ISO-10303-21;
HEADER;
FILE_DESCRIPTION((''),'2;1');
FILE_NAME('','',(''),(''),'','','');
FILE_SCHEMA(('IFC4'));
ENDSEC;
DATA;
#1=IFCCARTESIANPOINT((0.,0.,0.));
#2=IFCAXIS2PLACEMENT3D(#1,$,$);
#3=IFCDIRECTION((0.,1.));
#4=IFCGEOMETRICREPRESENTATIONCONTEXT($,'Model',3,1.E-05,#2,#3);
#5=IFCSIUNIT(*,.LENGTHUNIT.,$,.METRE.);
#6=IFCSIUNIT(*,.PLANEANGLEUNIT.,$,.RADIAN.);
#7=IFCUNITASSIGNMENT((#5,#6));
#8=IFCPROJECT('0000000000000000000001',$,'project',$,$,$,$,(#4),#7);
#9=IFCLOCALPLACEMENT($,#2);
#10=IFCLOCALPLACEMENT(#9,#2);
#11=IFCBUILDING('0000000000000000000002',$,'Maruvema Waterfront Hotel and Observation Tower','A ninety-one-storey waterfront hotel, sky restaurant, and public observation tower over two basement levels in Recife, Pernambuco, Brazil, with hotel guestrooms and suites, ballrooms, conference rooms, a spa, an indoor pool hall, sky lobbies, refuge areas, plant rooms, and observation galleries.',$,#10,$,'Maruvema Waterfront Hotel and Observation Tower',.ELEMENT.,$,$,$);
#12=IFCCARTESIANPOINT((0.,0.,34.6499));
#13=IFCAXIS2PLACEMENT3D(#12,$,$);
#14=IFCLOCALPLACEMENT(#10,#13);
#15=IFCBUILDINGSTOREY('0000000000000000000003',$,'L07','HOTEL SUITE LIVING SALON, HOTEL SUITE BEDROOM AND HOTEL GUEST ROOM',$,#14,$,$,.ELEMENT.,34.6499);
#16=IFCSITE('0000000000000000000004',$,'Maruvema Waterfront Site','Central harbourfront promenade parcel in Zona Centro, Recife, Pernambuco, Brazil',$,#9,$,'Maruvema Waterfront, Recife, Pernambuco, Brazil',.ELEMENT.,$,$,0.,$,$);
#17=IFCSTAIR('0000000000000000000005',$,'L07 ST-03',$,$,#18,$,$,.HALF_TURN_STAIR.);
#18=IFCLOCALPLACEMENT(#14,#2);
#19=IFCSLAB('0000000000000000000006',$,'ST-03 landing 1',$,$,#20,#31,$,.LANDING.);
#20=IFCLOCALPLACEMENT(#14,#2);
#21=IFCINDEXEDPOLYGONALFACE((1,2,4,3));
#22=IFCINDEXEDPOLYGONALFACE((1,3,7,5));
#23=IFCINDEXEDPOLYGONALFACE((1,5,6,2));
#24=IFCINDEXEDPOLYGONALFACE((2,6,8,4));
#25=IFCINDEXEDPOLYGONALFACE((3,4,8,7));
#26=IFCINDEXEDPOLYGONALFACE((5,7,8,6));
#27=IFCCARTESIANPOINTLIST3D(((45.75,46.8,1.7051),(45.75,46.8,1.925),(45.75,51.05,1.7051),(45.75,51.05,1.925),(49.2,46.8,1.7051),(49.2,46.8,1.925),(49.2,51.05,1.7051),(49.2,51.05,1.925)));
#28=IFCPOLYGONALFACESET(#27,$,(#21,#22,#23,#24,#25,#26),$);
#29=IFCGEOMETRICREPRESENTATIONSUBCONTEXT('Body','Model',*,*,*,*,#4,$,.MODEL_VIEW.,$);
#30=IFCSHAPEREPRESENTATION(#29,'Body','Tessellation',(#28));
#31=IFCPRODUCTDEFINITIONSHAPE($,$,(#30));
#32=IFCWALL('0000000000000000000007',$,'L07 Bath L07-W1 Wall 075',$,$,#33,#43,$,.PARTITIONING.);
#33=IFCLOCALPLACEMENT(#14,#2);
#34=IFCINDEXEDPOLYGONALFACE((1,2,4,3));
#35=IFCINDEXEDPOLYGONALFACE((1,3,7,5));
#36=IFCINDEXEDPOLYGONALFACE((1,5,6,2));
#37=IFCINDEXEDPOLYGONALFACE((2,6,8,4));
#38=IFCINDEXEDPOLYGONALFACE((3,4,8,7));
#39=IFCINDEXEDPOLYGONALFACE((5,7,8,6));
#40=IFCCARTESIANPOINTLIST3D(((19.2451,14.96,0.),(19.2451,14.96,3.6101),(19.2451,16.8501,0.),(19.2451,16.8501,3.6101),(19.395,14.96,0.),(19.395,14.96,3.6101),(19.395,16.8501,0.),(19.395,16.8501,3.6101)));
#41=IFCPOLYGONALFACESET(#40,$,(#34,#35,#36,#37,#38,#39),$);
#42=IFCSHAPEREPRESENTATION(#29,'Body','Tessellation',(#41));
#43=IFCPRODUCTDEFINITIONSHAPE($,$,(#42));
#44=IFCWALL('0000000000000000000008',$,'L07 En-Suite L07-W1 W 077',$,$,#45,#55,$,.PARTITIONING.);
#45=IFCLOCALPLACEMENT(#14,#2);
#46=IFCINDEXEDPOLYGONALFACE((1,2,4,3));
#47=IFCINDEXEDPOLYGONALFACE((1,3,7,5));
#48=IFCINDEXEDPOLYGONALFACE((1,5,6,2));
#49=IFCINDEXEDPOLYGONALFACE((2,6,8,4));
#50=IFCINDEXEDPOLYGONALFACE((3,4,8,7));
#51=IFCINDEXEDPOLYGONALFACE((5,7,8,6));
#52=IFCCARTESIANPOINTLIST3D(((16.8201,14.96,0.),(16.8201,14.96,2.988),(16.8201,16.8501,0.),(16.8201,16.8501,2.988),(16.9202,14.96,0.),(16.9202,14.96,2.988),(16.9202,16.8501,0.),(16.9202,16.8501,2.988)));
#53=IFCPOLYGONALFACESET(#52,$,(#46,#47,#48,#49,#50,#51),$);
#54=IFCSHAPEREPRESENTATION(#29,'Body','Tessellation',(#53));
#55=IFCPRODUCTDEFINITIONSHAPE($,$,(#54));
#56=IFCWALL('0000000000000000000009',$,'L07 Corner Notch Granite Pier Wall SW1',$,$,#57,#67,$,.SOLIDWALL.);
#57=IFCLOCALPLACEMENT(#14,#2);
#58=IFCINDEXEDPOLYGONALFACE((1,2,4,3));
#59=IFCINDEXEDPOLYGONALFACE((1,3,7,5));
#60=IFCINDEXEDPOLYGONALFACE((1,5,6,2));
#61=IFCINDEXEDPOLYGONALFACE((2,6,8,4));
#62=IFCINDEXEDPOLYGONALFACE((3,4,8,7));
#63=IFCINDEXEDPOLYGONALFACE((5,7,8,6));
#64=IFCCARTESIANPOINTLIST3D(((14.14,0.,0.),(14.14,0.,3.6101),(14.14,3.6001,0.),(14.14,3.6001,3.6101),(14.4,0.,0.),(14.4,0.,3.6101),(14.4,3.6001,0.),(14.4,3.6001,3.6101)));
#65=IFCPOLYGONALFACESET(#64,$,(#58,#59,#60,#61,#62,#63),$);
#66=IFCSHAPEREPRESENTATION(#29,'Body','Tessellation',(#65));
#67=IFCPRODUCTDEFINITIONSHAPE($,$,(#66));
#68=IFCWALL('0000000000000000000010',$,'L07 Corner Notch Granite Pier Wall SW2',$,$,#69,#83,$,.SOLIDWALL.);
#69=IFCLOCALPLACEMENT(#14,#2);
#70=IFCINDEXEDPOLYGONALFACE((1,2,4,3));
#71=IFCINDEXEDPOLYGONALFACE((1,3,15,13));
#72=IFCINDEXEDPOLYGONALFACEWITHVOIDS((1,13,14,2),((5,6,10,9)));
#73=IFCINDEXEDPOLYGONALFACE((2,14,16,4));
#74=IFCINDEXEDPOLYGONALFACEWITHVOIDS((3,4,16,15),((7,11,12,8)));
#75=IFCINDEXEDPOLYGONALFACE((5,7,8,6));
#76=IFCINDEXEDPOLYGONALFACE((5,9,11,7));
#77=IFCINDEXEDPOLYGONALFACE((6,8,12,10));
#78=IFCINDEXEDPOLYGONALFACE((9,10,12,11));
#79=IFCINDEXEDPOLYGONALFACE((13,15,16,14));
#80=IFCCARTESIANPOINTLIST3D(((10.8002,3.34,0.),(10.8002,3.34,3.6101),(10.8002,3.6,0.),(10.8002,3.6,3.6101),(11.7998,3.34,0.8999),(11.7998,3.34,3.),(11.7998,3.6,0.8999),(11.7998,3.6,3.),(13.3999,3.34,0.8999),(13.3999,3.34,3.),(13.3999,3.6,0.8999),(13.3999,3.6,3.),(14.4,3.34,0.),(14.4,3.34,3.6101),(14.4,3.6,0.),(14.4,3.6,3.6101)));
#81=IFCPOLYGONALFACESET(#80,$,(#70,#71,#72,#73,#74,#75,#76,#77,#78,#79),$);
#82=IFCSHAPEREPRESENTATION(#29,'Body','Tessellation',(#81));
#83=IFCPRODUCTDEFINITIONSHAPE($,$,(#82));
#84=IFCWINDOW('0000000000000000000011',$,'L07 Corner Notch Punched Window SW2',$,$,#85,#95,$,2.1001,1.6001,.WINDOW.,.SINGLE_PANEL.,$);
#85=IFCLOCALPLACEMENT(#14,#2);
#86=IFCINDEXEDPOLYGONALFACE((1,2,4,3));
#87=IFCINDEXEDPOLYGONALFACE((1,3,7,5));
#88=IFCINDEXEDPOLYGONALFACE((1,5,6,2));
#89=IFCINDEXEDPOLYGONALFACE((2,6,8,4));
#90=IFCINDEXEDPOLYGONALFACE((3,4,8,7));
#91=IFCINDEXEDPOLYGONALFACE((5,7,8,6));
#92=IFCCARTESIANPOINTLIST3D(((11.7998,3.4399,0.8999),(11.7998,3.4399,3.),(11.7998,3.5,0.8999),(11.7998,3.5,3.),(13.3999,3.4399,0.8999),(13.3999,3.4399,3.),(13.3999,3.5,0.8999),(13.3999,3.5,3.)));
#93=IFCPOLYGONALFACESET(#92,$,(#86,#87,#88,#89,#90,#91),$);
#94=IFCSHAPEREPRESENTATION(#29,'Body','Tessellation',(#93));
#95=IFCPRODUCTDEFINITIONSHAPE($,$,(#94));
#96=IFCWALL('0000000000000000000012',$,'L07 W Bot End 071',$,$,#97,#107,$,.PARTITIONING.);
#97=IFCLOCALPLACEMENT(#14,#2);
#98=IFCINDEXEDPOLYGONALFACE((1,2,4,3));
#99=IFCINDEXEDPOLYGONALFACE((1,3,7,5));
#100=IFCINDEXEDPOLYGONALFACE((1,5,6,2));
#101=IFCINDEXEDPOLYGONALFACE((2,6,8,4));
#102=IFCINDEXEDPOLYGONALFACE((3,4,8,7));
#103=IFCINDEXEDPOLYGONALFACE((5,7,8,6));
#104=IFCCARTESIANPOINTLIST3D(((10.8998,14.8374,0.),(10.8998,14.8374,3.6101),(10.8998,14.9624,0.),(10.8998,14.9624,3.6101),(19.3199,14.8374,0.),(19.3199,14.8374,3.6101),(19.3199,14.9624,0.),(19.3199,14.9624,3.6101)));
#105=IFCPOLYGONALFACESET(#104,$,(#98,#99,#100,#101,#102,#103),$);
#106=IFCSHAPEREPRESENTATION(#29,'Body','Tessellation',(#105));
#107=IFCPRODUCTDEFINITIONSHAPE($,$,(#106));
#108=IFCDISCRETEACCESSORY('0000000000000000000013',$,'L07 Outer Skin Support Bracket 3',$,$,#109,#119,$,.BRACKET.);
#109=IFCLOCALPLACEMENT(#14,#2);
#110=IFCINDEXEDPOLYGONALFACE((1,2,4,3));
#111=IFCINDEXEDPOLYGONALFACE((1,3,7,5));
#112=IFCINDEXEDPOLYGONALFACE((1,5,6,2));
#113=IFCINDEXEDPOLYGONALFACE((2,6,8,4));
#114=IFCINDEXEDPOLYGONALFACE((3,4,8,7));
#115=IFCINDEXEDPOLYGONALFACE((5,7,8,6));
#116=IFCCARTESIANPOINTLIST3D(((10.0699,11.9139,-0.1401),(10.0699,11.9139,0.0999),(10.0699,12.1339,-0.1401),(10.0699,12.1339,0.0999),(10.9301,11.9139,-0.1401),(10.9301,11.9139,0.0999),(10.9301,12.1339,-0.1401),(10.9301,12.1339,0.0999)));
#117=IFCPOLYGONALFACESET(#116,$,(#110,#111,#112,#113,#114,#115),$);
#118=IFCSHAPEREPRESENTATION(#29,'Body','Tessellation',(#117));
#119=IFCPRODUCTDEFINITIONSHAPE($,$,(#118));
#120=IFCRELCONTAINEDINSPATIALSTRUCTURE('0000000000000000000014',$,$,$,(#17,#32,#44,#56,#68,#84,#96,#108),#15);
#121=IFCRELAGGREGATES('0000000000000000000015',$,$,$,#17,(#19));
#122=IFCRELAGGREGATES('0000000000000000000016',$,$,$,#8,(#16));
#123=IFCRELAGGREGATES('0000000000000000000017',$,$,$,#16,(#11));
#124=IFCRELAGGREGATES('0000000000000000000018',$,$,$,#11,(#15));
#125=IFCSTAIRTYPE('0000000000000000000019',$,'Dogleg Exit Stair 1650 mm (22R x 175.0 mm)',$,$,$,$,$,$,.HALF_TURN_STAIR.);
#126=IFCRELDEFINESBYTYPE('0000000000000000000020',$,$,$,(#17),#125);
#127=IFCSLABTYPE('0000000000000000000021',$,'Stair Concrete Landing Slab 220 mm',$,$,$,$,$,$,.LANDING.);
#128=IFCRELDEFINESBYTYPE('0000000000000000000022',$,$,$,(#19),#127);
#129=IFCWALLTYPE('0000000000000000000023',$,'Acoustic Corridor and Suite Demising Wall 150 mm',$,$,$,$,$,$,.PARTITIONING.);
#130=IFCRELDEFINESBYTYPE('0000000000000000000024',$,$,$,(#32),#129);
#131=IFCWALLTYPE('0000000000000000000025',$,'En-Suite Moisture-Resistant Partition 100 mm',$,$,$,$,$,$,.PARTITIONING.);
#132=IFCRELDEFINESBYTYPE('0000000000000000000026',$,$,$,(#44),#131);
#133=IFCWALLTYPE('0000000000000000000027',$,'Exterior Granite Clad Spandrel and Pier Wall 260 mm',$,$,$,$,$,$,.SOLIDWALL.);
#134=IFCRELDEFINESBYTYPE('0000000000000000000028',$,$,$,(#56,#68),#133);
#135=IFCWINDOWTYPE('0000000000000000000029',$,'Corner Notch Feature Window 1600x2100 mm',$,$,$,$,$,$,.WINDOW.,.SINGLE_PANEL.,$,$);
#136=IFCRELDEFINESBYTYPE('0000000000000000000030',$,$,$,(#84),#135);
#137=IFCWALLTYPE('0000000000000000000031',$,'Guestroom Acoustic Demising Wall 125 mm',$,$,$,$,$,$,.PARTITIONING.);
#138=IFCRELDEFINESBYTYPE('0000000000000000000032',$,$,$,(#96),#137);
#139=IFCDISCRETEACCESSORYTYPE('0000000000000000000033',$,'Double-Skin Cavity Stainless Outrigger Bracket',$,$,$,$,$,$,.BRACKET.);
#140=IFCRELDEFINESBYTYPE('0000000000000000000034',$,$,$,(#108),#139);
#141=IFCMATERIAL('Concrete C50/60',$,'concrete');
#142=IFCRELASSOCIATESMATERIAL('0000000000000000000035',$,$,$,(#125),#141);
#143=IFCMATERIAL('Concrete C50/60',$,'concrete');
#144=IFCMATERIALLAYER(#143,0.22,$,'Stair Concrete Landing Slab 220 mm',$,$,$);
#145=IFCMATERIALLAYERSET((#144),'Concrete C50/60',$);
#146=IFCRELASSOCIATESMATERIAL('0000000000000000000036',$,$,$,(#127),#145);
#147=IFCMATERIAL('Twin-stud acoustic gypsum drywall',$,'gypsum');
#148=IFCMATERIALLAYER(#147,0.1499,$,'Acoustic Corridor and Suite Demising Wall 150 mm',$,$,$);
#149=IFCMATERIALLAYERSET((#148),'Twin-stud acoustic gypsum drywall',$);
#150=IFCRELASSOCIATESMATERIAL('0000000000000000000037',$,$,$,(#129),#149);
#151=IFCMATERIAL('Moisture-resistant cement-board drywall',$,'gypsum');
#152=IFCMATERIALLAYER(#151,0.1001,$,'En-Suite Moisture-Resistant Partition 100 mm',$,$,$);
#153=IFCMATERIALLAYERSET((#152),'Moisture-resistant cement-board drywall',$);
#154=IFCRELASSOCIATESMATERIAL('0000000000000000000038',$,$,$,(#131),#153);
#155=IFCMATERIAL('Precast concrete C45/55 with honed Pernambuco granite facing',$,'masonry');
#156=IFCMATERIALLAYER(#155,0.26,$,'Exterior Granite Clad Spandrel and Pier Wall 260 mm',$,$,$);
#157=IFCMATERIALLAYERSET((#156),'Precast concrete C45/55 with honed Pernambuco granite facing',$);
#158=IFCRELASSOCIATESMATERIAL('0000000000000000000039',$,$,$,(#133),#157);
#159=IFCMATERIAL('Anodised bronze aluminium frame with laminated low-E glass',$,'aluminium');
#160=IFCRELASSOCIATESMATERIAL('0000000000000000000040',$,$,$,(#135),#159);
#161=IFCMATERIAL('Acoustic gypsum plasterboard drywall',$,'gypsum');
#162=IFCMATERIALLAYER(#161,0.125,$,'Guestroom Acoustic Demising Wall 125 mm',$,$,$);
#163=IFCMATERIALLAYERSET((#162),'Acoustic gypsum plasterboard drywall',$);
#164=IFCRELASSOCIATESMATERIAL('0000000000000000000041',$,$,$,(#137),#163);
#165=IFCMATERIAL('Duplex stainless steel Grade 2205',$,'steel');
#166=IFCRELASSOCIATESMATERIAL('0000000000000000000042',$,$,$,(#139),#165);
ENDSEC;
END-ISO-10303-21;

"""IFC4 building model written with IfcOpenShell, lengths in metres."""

from ifc_helpers import new_model, si_unit, direction, frame, frame_2d, origin, origin_2d, place, context, subcontext, project, spatial, polyline, rectangle, outline, extrude, material, layer, layer_set, type_object, element, fill, aggregate, save


model = new_model("IFC4")

# Units and contexts
model_context = context("Model", 3, precision=1e-05, world=origin(), true_north=direction((0.0, 1.0)))
body_context = subcontext(model_context, "Body", "Model", "MODEL_VIEW")
ifc_project = project(units=[si_unit("LENGTHUNIT", "METRE"), si_unit("PLANEANGLEUNIT", "RADIAN")], contexts=[model_context])

# Site, building, storey
site_placement = place(None, origin())
site = spatial("IfcSite", under=ifc_project, at=site_placement, Name="Maruvema Waterfront Site", Description="Central harbourfront promenade parcel in Zona Centro, Recife, Pernambuco, Brazil", LongName="Maruvema Waterfront, Recife, Pernambuco, Brazil", CompositionType="ELEMENT", RefElevation=0.0)
building_placement = place(site_placement, origin())
building = spatial("IfcBuilding", under=site, at=building_placement, Name="Maruvema Waterfront Hotel and Observation Tower", Description="A ninety-one-storey waterfront hotel, sky restaurant, and public observation tower over two basement levels in Recife, Pernambuco, Brazil, with hotel guestrooms and suites, ballrooms, conference rooms, a spa, an indoor pool hall, sky lobbies, refuge areas, plant rooms, and observation galleries.", LongName="Maruvema Waterfront Hotel and Observation Tower", CompositionType="ELEMENT")
storey_placement = place(building_placement, frame((0.0, 0.0, 34.6499)))
storey = spatial("IfcBuildingStorey", under=building, at=storey_placement, Name="L07", Description="HOTEL SUITE LIVING SALON, HOTEL SUITE BEDROOM AND HOTEL GUEST ROOM", CompositionType="ELEMENT", Elevation=34.6499)

# Stair, slab
ifc_material_1 = material(Name="Concrete C50/60", Category="concrete")
stair_type = type_object("IfcStairType", Name="Dogleg Exit Stair 1650 mm (22R x 175.0 mm)", PredefinedType="HALF_TURN_STAIR", material=ifc_material_1)
ifc_material_2 = material(Name="Concrete C50/60", Category="concrete")
ifc_layer_1 = layer(ifc_material_2, 0.22, Name="Stair Concrete Landing Slab 220 mm")
ifc_layer_set_1 = layer_set([ifc_layer_1], Name="Concrete C50/60")
slab_type_1 = type_object("IfcSlabType", Name="Stair Concrete Landing Slab 220 mm", PredefinedType="LANDING", material=ifc_layer_set_1)
stair_1_placement = place(storey_placement, origin())
stair_1 = element("IfcStair", 1, at=stair_1_placement, inside=storey, type_object=stair_type, Name="L07 ST-03", PredefinedType="HALF_TURN_STAIR")
slab_1_placement = place(storey_placement, frame((0.0, 0.0, 1.7051)))
slab_1 = element("IfcSlab", 2, at=slab_1_placement, type_object=slab_type_1, Name="ST-03 landing 1", PredefinedType="LANDING", context=body_context, shape_type="SweptSolid", body=[
    extrude(outline(polyline([(49.2, 46.8), (49.2, 51.05), (45.75, 51.05), (45.75, 46.8), (49.2, 46.8)])), origin(), (0.0, 0.0, 1.0), 0.22),
])
aggregate(stair_1, [slab_1])

# Walls
ifc_material_3 = material(Name="Twin-stud acoustic gypsum drywall", Category="gypsum")
ifc_layer_2 = layer(ifc_material_3, 0.1499, Name="Acoustic Corridor and Suite Demising Wall 150 mm")
ifc_layer_set_2 = layer_set([ifc_layer_2], Name="Twin-stud acoustic gypsum drywall")
wall_type_1 = type_object("IfcWallType", Name="Acoustic Corridor and Suite Demising Wall 150 mm", PredefinedType="PARTITIONING", material=ifc_layer_set_2)
wall_1_placement = place(storey_placement, frame((19.3201, 14.96, 0.0), z_axis=(0.0, 0.0, 1.0), x_axis=(0.0, 1.0, 0.0)))
element("IfcWall", 3, at=wall_1_placement, inside=storey, type_object=wall_type_1, Name="L07 Bath L07-W1 Wall 075", PredefinedType="PARTITIONING", context=body_context, shape_type="SweptSolid", body=[
    extrude(rectangle(XDim=1.8901, YDim=0.1499, at=frame_2d((0.9451, 0.0))), origin(), (0.0, 0.0, 1.0), 3.6101),
])
ifc_material_4 = material(Name="Moisture-resistant cement-board drywall", Category="gypsum")
ifc_layer_3 = layer(ifc_material_4, 0.1001, Name="En-Suite Moisture-Resistant Partition 100 mm")
ifc_layer_set_3 = layer_set([ifc_layer_3], Name="Moisture-resistant cement-board drywall")
wall_type_2 = type_object("IfcWallType", Name="En-Suite Moisture-Resistant Partition 100 mm", PredefinedType="PARTITIONING", material=ifc_layer_set_3)
wall_2_placement = place(storey_placement, frame((16.8701, 14.96, 0.0), z_axis=(0.0, 0.0, 1.0), x_axis=(0.0, 1.0, 0.0)))
element("IfcWall", 4, at=wall_2_placement, inside=storey, type_object=wall_type_2, Name="L07 En-Suite L07-W1 W 077", PredefinedType="PARTITIONING", context=body_context, shape_type="SweptSolid", body=[
    extrude(rectangle(XDim=1.8901, YDim=0.1001, at=frame_2d((0.9451, 0.0))), origin(), (0.0, 0.0, 1.0), 2.988),
])
ifc_material_5 = material(Name="Precast concrete C45/55 with honed Pernambuco granite facing", Category="masonry")
ifc_layer_4 = layer(ifc_material_5, 0.26, Name="Exterior Granite Clad Spandrel and Pier Wall 260 mm")
ifc_layer_set_4 = layer_set([ifc_layer_4], Name="Precast concrete C45/55 with honed Pernambuco granite facing")
wall_type_3 = type_object("IfcWallType", Name="Exterior Granite Clad Spandrel and Pier Wall 260 mm", PredefinedType="SOLIDWALL", material=ifc_layer_set_4)
wall_3_placement = place(storey_placement, frame((14.27, 0.0, 0.0), z_axis=(0.0, 0.0, 1.0), x_axis=(0.0, 1.0, 0.0)))
element("IfcWall", 5, at=wall_3_placement, inside=storey, type_object=wall_type_3, Name="L07 Corner Notch Granite Pier Wall SW1", PredefinedType="SOLIDWALL", context=body_context, shape_type="SweptSolid", body=[
    extrude(rectangle(XDim=3.6001, YDim=0.26, at=frame_2d((1.8, 0.0))), origin(), (0.0, 0.0, 1.0), 3.6101),
])

# Wall, opening, window
wall_4_placement = place(storey_placement, frame((14.3999, 3.47, 0.0), z_axis=(0.0, 0.0, 1.0), x_axis=(-1.0, 0.0, 0.0)))
wall_4 = element("IfcWall", 6, at=wall_4_placement, inside=storey, type_object=wall_type_3, Name="L07 Corner Notch Granite Pier Wall SW2", PredefinedType="SOLIDWALL", context=body_context, shape_type="SweptSolid", body=[
    extrude(rectangle(XDim=3.5999, YDim=0.26, at=frame_2d((1.7998, 0.0))), origin(), (0.0, 0.0, 1.0), 3.6101),
])
opening_placement = place(wall_4_placement, frame((1.0, 0.0, 0.8999)))
opening = element("IfcOpeningElement", 7, at=opening_placement, cuts=wall_4, PredefinedType="OPENING", context=body_context, shape_type="SweptSolid", body=[
    extrude(rectangle(XDim=1.6001, YDim=2.1001, at=frame_2d((0.8, 1.05))), frame((0.0, 0.1401, 0.0), z_axis=(0.0, -1.0, 0.0), x_axis=(1.0, 0.0, 0.0)), (0.0, 0.0, 1.0), 0.28),
])
ifc_material_6 = material(Name="Anodised bronze aluminium frame with laminated low-E glass", Category="aluminium")
window_type = type_object("IfcWindowType", Name="Corner Notch Feature Window 1600x2100 mm", PartitioningType="SINGLE_PANEL", PredefinedType="WINDOW", material=ifc_material_6)
window_placement = place(opening_placement, origin())
window = element("IfcWindow", 8, at=window_placement, inside=storey, type_object=window_type, Name="L07 Corner Notch Punched Window SW2", OverallHeight=2.1001, OverallWidth=1.6001, PartitioningType="SINGLE_PANEL", PredefinedType="WINDOW", context=body_context, shape_type="SweptSolid", body=[
    extrude(rectangle(XDim=1.6001, YDim=2.1001, at=frame_2d((0.8, 1.05))), frame((0.0, 0.03, 0.0), z_axis=(0.0, -1.0, 0.0), x_axis=(1.0, 0.0, 0.0)), (0.0, 0.0, 1.0), 0.0601),
])
fill(opening, window)

# Wall
ifc_material_7 = material(Name="Acoustic gypsum plasterboard drywall", Category="gypsum")
ifc_layer_5 = layer(ifc_material_7, 0.125, Name="Guestroom Acoustic Demising Wall 125 mm")
ifc_layer_set_5 = layer_set([ifc_layer_5], Name="Acoustic gypsum plasterboard drywall")
wall_type_4 = type_object("IfcWallType", Name="Guestroom Acoustic Demising Wall 125 mm", PredefinedType="PARTITIONING", material=ifc_layer_set_5)
wall_5_placement = place(storey_placement, frame((10.8999, 14.8999, 0.0), z_axis=(0.0, 0.0, 1.0), x_axis=(1.0, 0.0, 0.0)))
element("IfcWall", 9, at=wall_5_placement, inside=storey, type_object=wall_type_4, Name="L07 W Bot End 071", PredefinedType="PARTITIONING", context=body_context, shape_type="SweptSolid", body=[
    extrude(rectangle(XDim=8.4202, YDim=0.125, at=frame_2d((4.21, 0.0))), origin(), (0.0, 0.0, 1.0), 3.6101),
])

# Discrete accessory
ifc_material_8 = material(Name="Duplex stainless steel Grade 2205", Category="steel")
discrete_accessory_type = type_object("IfcDiscreteAccessoryType", Name="Double-Skin Cavity Stainless Outrigger Bracket", PredefinedType="BRACKET", material=ifc_material_8)
discrete_accessory_placement = place(storey_placement, frame((10.5, 12.0239, -0.1401), z_axis=(0.0, 0.0, 1.0), x_axis=(0.0, -1.0, 0.0)))
element("IfcDiscreteAccessory", 10, at=discrete_accessory_placement, inside=storey, type_object=discrete_accessory_type, Name="L07 Outer Skin Support Bracket 3", PredefinedType="BRACKET", context=body_context, shape_type="SweptSolid", body=[
    extrude(rectangle(XDim=0.22, YDim=0.8601, at=origin_2d()), origin(), (0.0, 0.0, 1.0), 0.24),
])

save(model, "model.ifc")
